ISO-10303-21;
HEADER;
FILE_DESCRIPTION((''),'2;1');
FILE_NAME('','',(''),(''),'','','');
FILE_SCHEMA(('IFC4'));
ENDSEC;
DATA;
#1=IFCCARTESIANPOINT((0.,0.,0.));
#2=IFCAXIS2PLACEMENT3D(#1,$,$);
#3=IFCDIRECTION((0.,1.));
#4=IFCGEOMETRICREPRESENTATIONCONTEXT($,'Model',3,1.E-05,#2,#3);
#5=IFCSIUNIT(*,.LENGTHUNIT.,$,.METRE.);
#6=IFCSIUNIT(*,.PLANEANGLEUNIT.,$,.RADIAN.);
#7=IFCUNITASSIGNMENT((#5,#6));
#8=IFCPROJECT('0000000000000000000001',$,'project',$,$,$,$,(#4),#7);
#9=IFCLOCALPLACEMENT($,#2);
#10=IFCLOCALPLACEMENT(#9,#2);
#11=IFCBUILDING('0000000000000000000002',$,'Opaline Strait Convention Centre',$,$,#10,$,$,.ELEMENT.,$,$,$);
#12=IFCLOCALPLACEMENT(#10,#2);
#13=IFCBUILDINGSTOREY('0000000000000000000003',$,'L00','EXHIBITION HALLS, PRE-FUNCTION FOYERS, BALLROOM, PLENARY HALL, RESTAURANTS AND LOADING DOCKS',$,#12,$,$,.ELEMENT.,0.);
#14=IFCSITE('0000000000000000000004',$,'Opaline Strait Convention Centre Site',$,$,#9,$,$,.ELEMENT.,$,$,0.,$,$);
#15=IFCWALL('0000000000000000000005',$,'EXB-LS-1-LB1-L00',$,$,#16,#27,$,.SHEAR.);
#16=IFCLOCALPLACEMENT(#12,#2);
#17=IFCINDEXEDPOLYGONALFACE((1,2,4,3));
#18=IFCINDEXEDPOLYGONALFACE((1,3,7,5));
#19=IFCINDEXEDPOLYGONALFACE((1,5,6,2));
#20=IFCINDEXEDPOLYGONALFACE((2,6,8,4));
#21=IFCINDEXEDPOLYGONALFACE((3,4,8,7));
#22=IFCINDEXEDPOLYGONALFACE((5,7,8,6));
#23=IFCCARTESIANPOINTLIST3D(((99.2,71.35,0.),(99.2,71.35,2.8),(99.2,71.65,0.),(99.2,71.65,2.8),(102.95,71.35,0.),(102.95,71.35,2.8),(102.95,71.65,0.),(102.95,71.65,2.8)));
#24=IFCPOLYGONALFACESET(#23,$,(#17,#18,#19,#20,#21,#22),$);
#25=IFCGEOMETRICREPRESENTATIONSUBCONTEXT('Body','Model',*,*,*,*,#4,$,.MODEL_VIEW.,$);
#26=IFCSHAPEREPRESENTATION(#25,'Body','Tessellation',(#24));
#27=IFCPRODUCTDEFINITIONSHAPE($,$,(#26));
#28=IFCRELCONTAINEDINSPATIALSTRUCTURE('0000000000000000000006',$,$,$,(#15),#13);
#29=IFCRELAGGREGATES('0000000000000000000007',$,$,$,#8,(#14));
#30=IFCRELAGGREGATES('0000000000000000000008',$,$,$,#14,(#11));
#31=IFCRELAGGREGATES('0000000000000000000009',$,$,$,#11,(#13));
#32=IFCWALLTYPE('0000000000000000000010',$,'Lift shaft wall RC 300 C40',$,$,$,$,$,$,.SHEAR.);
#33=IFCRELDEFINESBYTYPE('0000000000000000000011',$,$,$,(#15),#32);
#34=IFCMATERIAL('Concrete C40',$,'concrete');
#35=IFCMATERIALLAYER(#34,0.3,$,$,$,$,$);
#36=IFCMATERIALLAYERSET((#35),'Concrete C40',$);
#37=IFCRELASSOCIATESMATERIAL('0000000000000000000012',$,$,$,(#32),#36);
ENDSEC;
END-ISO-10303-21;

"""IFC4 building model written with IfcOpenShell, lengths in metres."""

from ifc_helpers import new_model, si_unit, direction, frame, frame_2d, origin, place, context, subcontext, project, spatial, rectangle, extrude, material, layer, layer_set, type_object, element, save


model = new_model("IFC4")

# Units and contexts
model_context = context("Model", 3, precision=1e-05, world=origin(), true_north=direction((0.0, 1.0)))
body_context = subcontext(model_context, "Body", "Model", "MODEL_VIEW")
ifc_project = project(units=[si_unit("LENGTHUNIT", "METRE"), si_unit("PLANEANGLEUNIT", "RADIAN")], contexts=[model_context])

# Site, building, storey
site_placement = place(None, origin())
site = spatial("IfcSite", under=ifc_project, at=site_placement, Name="Opaline Strait Convention Centre Site", CompositionType="ELEMENT", RefElevation=0.0)
building_placement = place(site_placement, origin())
building = spatial("IfcBuilding", under=site, at=building_placement, Name="Opaline Strait Convention Centre", CompositionType="ELEMENT")
storey_placement = place(building_placement, origin())
storey = spatial("IfcBuildingStorey", under=building, at=storey_placement, Name="L00", Description="EXHIBITION HALLS, PRE-FUNCTION FOYERS, BALLROOM, PLENARY HALL, RESTAURANTS AND LOADING DOCKS", CompositionType="ELEMENT", Elevation=0.0)

# Shared definitions
ifc_material_1 = material(Name="Concrete C40", Category="concrete")

# Wall
ifc_layer_1 = layer(ifc_material_1, 0.3)
ifc_layer_set_1 = layer_set([ifc_layer_1], Name="Concrete C40")
wall_type_1 = type_object("IfcWallType", Name="Lift shaft wall RC 300 C40", PredefinedType="SHEAR", material=ifc_layer_set_1)
wall_1_placement = place(storey_placement, frame((99.2, 71.5, 0.0), z_axis=(0.0, 0.0, 1.0), x_axis=(1.0, 0.0, 0.0)))
element("IfcWall", 1, at=wall_1_placement, inside=storey, type_object=wall_type_1, Name="EXB-LS-1-LB1-L00", PredefinedType="SHEAR", context=body_context, shape_type="SweptSolid", body=[
    extrude(rectangle(XDim=3.75, YDim=0.3, at=frame_2d((1.875, 0.0))), origin(), (0.0, 0.0, 1.0), 2.8),
])

save(model, "model.ifc")
